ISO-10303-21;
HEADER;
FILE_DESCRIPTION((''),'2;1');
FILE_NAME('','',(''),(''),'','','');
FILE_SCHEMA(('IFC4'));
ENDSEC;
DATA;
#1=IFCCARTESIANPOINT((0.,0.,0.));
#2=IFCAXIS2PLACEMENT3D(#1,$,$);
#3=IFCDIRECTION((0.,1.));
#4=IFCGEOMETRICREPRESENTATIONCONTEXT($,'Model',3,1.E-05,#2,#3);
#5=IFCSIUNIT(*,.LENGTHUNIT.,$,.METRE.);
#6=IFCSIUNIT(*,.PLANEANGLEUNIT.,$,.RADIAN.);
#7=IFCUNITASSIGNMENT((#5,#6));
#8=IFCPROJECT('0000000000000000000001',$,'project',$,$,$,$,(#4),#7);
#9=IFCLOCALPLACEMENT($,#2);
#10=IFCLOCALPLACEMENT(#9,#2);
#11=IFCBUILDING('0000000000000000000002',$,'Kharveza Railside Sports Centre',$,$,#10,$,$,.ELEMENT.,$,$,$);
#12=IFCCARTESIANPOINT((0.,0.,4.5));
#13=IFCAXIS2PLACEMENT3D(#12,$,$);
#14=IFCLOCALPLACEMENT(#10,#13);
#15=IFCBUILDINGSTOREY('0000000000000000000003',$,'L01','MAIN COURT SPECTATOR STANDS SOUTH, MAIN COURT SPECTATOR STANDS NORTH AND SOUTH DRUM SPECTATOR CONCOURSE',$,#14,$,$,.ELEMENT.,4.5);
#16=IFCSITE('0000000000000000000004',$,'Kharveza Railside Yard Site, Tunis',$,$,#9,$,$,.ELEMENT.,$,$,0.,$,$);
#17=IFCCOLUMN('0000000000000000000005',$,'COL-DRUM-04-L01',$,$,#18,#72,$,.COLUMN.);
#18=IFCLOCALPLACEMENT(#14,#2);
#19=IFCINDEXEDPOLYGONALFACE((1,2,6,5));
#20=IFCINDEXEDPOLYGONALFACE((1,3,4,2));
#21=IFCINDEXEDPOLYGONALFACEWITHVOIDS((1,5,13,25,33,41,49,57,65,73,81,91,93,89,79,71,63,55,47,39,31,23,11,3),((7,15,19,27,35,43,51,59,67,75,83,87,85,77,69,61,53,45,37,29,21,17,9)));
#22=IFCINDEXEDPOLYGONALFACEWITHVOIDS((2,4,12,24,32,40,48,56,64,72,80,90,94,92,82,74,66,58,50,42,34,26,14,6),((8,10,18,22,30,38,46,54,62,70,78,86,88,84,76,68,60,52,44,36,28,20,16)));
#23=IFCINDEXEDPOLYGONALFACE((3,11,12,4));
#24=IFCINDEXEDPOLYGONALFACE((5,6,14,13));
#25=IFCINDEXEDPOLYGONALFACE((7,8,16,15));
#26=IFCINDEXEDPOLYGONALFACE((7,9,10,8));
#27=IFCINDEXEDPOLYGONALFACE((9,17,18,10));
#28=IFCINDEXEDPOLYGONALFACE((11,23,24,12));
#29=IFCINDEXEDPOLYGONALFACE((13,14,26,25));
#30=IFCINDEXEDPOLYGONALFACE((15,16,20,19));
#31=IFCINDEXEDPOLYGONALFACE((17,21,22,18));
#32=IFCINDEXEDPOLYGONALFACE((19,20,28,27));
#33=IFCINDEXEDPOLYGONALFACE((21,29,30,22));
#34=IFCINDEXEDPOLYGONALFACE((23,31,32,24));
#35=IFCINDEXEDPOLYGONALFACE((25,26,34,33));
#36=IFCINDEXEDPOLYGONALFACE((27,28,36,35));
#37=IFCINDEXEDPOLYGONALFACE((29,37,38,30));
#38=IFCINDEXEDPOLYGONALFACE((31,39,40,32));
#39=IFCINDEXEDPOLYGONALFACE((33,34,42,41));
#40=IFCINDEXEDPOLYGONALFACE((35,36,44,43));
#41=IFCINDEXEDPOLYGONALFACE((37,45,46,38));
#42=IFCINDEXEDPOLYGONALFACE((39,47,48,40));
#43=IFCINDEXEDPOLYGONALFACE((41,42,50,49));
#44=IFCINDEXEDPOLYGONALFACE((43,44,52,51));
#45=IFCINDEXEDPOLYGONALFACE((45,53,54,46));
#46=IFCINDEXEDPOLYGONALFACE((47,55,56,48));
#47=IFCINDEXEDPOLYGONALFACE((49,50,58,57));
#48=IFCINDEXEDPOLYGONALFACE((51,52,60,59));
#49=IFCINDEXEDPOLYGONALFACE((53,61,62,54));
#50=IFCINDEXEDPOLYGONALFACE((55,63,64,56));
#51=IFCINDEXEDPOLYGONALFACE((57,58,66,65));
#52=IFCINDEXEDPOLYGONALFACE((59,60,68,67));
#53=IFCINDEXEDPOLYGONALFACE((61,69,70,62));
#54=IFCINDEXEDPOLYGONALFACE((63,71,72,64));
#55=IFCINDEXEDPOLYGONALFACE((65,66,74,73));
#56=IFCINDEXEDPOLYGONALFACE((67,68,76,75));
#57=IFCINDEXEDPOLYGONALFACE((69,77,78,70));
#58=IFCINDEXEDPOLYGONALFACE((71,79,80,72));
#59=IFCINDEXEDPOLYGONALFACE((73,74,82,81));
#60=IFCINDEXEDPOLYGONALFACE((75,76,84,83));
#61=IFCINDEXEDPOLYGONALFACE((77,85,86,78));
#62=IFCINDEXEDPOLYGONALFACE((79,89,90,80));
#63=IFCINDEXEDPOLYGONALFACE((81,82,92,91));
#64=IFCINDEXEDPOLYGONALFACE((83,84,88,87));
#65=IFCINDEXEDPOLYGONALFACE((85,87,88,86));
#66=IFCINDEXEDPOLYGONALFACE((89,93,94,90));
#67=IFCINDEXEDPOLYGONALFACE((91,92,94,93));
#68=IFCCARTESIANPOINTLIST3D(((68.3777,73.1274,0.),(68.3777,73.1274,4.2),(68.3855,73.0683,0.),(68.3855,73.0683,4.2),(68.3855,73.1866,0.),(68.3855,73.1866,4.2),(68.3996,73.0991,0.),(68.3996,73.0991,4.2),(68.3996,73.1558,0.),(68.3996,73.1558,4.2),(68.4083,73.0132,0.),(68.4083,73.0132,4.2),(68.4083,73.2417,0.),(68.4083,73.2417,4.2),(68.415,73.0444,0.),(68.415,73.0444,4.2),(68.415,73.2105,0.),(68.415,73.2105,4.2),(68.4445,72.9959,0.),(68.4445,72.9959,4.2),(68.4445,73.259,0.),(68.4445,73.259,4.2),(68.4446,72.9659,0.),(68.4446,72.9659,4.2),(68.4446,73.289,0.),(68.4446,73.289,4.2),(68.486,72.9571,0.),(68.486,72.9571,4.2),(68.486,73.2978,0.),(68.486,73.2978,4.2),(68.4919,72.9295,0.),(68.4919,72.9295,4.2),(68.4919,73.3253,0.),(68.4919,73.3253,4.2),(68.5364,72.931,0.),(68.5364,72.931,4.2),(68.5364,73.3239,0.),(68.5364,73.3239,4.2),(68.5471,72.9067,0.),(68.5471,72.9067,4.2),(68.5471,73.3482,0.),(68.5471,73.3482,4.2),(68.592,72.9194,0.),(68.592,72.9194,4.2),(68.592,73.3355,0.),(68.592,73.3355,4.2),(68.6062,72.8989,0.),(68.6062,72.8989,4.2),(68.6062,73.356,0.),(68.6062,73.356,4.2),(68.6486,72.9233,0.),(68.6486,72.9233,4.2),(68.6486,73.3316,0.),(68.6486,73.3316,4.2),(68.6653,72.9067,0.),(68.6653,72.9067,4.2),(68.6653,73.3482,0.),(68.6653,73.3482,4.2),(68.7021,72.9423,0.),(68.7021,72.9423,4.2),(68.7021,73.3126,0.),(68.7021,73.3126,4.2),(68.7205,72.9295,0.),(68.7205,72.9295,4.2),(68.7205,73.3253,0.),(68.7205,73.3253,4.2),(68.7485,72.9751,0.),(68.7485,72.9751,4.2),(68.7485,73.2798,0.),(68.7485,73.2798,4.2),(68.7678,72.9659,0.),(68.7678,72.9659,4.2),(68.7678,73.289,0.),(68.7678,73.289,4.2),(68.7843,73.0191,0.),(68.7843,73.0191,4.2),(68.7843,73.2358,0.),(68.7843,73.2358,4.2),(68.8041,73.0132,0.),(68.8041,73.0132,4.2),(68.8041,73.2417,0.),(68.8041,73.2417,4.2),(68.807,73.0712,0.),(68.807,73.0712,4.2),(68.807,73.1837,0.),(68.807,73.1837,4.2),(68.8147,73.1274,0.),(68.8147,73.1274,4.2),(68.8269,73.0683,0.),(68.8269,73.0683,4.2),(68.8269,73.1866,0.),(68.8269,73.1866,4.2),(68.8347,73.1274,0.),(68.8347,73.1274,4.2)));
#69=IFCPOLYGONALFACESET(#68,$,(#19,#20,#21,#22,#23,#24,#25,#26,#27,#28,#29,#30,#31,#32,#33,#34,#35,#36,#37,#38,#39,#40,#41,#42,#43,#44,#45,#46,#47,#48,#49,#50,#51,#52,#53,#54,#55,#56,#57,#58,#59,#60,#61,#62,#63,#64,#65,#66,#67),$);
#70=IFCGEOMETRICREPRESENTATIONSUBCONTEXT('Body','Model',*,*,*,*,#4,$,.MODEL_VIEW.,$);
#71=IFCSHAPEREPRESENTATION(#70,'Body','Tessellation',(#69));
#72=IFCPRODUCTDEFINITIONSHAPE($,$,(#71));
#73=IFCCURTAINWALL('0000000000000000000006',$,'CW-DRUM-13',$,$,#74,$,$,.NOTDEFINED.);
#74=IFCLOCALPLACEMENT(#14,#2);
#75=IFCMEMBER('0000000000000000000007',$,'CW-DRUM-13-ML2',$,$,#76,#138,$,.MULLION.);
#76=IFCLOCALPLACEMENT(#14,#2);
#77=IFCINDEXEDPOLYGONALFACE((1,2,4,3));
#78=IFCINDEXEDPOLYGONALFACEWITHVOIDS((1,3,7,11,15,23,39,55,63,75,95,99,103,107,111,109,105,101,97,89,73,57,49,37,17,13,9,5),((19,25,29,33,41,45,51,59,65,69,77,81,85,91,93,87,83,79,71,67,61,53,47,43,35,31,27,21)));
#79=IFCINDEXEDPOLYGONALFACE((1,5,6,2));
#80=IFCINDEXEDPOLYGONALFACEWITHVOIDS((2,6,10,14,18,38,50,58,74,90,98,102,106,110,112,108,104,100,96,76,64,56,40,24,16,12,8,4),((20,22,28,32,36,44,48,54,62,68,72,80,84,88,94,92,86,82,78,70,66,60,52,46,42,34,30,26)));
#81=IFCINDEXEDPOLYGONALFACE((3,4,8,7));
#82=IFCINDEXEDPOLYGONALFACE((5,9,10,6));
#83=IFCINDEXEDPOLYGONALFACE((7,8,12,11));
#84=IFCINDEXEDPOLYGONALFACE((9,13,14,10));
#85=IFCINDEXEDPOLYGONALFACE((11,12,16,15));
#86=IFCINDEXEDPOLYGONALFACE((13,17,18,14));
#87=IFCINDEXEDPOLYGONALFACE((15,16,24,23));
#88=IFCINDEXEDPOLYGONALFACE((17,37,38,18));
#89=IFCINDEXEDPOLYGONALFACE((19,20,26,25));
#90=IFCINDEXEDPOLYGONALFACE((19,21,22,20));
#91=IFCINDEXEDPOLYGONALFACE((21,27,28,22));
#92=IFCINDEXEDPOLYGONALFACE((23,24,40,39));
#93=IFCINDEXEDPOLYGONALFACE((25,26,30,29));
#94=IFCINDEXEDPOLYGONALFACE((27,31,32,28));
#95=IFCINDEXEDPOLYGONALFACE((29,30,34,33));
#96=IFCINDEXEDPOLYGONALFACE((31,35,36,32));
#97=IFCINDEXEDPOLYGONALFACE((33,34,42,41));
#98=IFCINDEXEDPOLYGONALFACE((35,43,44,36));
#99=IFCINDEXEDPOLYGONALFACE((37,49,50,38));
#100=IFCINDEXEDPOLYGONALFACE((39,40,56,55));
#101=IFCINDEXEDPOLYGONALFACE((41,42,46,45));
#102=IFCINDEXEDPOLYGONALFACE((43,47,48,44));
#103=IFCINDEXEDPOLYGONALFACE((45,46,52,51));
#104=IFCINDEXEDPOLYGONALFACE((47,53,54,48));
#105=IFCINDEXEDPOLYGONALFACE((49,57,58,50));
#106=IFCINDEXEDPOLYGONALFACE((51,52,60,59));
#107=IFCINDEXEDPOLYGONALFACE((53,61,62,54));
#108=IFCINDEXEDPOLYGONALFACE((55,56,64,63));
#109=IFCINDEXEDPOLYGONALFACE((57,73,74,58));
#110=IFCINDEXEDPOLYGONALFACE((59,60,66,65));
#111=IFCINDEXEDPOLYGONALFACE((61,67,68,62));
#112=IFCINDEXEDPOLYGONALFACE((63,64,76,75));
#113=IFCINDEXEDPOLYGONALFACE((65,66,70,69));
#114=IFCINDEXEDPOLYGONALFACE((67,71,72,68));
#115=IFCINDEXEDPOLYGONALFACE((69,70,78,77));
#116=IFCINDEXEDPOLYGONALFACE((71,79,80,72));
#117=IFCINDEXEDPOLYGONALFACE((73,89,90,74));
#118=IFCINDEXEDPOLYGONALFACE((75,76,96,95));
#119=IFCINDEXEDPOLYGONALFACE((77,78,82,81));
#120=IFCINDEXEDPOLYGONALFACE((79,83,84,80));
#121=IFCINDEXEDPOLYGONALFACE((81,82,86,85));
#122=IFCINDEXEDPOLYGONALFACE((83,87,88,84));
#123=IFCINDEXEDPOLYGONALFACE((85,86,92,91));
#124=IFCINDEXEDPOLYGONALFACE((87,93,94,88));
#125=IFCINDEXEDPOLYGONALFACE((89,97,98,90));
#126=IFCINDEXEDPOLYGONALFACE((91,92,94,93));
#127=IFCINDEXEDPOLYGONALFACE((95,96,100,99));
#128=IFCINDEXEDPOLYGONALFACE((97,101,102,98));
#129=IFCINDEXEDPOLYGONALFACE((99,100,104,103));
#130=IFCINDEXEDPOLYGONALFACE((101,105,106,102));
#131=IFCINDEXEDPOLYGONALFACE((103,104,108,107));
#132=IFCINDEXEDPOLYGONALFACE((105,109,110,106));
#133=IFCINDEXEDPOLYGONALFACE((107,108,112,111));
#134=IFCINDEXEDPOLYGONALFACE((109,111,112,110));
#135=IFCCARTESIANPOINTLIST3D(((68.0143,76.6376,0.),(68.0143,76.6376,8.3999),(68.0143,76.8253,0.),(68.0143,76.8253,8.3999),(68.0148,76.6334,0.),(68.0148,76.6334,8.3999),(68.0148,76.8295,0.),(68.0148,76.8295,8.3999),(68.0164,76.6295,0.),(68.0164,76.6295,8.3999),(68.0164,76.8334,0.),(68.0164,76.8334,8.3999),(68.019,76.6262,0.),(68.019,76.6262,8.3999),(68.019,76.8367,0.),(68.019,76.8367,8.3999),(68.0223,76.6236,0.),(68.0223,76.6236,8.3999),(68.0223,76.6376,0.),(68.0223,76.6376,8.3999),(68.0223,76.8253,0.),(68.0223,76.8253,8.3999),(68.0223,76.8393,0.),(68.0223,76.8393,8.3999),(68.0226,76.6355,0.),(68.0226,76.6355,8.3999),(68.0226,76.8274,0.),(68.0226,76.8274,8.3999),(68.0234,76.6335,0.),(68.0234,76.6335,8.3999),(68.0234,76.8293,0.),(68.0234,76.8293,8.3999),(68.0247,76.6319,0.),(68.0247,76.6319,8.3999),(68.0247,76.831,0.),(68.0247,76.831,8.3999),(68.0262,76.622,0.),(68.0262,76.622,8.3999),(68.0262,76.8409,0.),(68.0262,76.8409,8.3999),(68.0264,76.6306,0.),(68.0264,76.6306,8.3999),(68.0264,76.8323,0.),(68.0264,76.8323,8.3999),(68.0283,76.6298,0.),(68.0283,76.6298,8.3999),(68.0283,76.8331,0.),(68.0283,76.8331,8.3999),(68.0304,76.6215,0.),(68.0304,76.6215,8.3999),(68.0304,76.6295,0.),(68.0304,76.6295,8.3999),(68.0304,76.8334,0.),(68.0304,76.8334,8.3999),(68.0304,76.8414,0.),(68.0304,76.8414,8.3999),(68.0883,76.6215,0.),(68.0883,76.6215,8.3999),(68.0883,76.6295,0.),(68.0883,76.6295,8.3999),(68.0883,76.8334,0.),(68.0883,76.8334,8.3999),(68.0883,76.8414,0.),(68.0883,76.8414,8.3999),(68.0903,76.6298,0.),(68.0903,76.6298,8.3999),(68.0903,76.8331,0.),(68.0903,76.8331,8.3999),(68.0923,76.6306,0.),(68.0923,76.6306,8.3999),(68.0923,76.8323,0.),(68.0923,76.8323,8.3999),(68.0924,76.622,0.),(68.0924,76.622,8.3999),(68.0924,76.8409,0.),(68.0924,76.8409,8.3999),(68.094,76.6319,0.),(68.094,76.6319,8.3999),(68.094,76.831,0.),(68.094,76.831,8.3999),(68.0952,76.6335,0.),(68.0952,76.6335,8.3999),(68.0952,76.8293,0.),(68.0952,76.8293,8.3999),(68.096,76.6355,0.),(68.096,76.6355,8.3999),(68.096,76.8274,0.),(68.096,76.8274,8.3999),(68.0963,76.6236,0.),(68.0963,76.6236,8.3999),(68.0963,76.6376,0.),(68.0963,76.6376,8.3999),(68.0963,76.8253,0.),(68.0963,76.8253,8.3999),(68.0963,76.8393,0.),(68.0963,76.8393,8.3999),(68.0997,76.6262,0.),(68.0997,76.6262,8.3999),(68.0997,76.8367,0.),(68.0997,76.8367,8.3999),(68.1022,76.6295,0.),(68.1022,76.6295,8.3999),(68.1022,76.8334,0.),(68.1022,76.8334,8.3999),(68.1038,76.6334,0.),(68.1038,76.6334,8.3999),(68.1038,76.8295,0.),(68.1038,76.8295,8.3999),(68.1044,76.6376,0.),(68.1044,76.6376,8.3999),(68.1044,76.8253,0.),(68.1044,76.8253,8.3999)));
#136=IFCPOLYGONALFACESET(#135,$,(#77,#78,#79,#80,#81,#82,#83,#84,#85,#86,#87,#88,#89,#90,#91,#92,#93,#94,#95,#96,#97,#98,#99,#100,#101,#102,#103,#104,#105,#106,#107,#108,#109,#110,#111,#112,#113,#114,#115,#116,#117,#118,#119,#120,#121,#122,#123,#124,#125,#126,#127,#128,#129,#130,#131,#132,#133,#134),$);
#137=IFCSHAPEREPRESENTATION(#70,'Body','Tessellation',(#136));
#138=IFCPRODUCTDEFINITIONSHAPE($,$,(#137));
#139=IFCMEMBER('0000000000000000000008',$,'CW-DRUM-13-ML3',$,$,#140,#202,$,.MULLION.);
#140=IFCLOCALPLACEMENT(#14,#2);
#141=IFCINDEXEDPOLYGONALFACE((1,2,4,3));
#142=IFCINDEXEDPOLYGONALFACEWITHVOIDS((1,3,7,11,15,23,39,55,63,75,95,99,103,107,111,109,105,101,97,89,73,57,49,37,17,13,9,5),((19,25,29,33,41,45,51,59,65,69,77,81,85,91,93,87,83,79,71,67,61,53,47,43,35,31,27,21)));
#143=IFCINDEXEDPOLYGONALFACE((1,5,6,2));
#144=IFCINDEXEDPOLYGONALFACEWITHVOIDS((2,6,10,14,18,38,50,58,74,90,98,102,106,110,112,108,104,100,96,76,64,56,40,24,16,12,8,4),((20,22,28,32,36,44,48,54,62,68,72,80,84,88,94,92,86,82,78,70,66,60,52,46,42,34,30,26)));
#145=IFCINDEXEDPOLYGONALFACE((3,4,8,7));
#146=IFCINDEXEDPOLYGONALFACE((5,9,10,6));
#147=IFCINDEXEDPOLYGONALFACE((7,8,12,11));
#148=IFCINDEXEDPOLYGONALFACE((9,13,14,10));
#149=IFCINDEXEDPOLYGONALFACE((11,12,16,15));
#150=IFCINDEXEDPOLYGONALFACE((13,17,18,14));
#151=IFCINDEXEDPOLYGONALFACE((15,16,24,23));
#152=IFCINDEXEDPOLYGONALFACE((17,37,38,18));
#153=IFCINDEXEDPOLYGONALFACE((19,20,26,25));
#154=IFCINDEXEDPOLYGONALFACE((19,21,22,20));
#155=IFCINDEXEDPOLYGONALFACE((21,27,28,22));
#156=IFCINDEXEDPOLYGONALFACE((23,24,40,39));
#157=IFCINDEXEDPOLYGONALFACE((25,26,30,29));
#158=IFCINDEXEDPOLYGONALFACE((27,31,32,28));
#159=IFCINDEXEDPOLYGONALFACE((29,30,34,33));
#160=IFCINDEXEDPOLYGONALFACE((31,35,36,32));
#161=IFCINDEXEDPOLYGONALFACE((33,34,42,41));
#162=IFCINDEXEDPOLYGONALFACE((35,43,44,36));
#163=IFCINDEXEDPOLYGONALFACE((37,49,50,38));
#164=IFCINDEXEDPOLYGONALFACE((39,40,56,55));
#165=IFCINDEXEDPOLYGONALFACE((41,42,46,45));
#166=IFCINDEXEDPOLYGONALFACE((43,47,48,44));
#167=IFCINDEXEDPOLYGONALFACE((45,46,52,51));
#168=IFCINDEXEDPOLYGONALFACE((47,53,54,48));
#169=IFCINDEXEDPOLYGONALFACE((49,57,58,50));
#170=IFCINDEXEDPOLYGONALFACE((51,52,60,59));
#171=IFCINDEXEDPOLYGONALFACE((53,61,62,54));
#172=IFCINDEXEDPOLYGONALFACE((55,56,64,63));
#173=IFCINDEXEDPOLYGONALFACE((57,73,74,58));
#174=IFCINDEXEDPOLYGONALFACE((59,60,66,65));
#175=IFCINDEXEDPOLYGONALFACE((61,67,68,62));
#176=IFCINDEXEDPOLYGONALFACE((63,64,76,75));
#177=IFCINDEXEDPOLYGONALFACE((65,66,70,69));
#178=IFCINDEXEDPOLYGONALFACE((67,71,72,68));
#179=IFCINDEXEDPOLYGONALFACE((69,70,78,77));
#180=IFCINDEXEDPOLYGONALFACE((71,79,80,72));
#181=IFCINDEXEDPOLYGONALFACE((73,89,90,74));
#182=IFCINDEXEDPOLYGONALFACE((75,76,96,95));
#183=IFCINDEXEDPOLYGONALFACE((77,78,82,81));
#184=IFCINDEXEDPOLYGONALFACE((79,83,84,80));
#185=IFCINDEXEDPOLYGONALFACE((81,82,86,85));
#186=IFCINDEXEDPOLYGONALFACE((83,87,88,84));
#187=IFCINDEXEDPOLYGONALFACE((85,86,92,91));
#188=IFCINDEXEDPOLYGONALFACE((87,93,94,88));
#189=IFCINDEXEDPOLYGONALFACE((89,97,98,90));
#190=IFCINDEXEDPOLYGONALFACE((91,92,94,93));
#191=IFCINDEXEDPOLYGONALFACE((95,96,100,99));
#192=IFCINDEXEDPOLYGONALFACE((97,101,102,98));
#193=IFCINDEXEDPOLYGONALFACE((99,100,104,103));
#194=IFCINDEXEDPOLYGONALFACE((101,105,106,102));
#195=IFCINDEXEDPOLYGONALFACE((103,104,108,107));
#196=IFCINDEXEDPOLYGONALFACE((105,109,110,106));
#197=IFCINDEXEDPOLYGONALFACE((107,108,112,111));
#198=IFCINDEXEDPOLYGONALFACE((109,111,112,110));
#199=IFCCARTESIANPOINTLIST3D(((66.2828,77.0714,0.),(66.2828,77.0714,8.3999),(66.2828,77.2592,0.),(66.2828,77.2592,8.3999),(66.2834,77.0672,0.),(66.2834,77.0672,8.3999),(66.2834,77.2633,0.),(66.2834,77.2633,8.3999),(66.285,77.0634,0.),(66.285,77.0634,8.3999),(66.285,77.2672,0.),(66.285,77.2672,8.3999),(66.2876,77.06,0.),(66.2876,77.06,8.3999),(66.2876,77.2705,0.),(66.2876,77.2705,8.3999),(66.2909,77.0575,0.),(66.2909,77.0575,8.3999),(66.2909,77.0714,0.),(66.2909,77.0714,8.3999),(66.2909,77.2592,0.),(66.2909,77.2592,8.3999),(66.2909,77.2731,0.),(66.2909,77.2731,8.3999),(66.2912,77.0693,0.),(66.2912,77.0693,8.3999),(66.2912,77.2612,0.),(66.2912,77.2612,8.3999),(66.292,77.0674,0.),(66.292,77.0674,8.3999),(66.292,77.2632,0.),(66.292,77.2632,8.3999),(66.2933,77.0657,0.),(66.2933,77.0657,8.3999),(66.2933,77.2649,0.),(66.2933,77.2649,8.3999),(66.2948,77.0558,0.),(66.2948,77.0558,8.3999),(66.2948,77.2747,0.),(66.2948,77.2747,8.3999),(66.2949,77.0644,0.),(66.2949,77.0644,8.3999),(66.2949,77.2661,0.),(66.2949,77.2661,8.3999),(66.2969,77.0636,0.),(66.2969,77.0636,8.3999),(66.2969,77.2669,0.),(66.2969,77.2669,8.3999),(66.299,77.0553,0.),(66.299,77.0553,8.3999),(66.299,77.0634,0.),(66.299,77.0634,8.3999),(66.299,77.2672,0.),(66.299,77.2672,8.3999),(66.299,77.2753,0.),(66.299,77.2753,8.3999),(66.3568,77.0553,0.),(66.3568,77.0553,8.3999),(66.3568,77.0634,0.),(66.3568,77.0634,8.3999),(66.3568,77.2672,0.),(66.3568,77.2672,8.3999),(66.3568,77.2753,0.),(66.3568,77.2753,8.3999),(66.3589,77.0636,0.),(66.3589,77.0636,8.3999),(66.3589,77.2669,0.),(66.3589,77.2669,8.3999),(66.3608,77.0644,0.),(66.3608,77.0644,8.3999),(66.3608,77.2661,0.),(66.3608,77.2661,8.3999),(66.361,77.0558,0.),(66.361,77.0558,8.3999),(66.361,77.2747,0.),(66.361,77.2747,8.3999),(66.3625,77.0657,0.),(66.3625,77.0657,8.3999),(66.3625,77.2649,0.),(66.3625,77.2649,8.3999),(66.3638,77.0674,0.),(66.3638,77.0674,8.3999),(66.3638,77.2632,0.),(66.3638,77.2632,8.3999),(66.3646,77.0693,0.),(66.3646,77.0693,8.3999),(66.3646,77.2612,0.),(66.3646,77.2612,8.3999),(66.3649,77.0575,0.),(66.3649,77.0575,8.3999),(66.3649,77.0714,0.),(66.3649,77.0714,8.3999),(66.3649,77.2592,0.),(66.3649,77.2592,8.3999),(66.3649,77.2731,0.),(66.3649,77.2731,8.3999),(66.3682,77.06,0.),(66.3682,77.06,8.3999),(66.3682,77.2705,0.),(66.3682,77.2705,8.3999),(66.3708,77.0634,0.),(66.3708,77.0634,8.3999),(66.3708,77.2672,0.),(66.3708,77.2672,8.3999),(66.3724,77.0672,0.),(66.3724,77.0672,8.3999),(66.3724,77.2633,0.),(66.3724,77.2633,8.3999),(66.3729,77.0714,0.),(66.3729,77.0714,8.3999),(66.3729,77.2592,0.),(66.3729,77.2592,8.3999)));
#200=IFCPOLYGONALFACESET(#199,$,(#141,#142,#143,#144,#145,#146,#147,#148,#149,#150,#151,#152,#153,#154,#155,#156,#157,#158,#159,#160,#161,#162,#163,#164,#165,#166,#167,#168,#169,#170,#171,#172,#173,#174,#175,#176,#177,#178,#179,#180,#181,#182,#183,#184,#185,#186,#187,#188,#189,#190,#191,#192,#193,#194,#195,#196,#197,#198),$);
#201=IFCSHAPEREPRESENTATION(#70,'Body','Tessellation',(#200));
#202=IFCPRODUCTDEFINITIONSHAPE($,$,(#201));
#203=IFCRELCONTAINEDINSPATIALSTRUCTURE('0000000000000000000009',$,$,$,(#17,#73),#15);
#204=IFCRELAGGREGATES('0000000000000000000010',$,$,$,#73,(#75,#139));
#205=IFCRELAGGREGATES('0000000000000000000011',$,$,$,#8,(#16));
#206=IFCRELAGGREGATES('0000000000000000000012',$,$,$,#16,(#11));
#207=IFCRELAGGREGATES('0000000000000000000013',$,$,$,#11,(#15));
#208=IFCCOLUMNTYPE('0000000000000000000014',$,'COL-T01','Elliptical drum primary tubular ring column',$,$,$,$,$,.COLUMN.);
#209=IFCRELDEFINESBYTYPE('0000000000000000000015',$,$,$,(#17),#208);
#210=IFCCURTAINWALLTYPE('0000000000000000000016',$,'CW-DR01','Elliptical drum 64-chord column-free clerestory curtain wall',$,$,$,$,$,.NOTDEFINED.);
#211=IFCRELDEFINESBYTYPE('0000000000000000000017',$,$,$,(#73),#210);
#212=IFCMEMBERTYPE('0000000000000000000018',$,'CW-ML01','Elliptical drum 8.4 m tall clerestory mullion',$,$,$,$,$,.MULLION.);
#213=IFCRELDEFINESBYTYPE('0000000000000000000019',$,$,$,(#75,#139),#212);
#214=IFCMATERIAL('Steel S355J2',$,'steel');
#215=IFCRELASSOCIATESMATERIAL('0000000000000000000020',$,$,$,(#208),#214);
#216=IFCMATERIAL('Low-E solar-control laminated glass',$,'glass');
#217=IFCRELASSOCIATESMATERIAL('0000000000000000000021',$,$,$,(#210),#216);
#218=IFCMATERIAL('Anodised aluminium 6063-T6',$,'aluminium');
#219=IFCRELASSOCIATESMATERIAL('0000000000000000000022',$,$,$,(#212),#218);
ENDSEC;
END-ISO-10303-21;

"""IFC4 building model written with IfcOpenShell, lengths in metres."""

from ifc_helpers import new_model, si_unit, direction, frame, origin, origin_2d, place, context, subcontext, project, spatial, hollow_rectangle, hollow_circle, extrude, material, material_profile, profile_set, type_object, element, aggregate, save


model = new_model("IFC4")

# Units and contexts
model_context = context("Model", 3, precision=1e-05, world=origin(), true_north=direction((0.0, 1.0)))
body_context = subcontext(model_context, "Body", "Model", "MODEL_VIEW")
ifc_project = project(units=[si_unit("LENGTHUNIT", "METRE"), si_unit("PLANEANGLEUNIT", "RADIAN")], contexts=[model_context])

# Site, building, storey
site_placement = place(None, origin())
site = spatial("IfcSite", under=ifc_project, at=site_placement, Name="Kharveza Railside Yard Site, Tunis", CompositionType="ELEMENT", RefElevation=0.0)
building_placement = place(site_placement, origin())
building = spatial("IfcBuilding", under=site, at=building_placement, Name="Kharveza Railside Sports Centre", CompositionType="ELEMENT")
storey_placement = place(building_placement, frame((0.0, 0.0, 4.5)))
storey = spatial("IfcBuildingStorey", under=building, at=storey_placement, Name="L01", Description="MAIN COURT SPECTATOR STANDS SOUTH, MAIN COURT SPECTATOR STANDS NORTH AND SOUTH DRUM SPECTATOR CONCOURSE", CompositionType="ELEMENT", Elevation=4.5)

# Column
ifc_material_1 = material(Name="Steel S355J2", Category="steel")
ifc_material_profile_1 = material_profile(ifc_material_1, hollow_circle(Radius=0.2285, WallThickness=0.02, at=origin_2d()), Name="CHS 457.0x20.0")
ifc_profile_set_1 = profile_set([ifc_material_profile_1], Name="Steel S355J2")
column_type = type_object("IfcColumnType", Name="COL-T01", Description="Elliptical drum primary tubular ring column", PredefinedType="COLUMN", material=ifc_profile_set_1)
column_placement = place(storey_placement, frame((68.6062, 73.1274, 0.0), z_axis=(0.0, 0.0, 1.0), x_axis=(1.0, 0.0, 0.0)))
element("IfcColumn", 1, at=column_placement, inside=storey, type_object=column_type, Name="COL-DRUM-04-L01", PredefinedType="COLUMN", context=body_context, shape_type="SweptSolid", body=[
    extrude(hollow_circle(Radius=0.2285, WallThickness=0.02, at=origin_2d()), origin(), (0.0, 0.0, 1.0), 4.2),
])

# Curtain wall, members
ifc_material_2 = material(Name="Low-E solar-control laminated glass", Category="glass")
curtain_wall_type = type_object("IfcCurtainWallType", Name="CW-DR01", Description="Elliptical drum 64-chord column-free clerestory curtain wall", PredefinedType="NOTDEFINED", material=ifc_material_2)
curtain_wall_1_placement = place(storey_placement, origin())
curtain_wall_1 = element("IfcCurtainWall", 2, at=curtain_wall_1_placement, inside=storey, type_object=curtain_wall_type, Name="CW-DRUM-13", PredefinedType="NOTDEFINED")
ifc_material_3 = material(Name="Anodised aluminium 6063-T6", Category="aluminium")
ifc_material_profile_2 = material_profile(ifc_material_3, hollow_rectangle(XDim=0.0901, YDim=0.22, WallThickness=0.0081, InnerFilletRadius=0.0081, OuterFilletRadius=0.0161, at=origin_2d()), Name="RHS 90x220x8.0")
ifc_profile_set_2 = profile_set([ifc_material_profile_2], Name="Anodised aluminium 6063-T6")
member_type_1 = type_object("IfcMemberType", Name="CW-ML01", Description="Elliptical drum 8.4 m tall clerestory mullion", PredefinedType="MULLION", material=ifc_profile_set_2)
member_1_placement = place(storey_placement, frame((68.0593, 76.7314, 0.0), z_axis=(0.0, 0.0, 1.0), x_axis=(1.0, 0.0, 0.0)))
member_1 = element("IfcMember", 3, at=member_1_placement, type_object=member_type_1, Name="CW-DRUM-13-ML2", PredefinedType="MULLION", context=body_context, shape_type="SweptSolid", body=[
    extrude(hollow_rectangle(XDim=0.0901, YDim=0.22, WallThickness=0.0081, InnerFilletRadius=0.0081, OuterFilletRadius=0.0161, at=origin_2d()), origin(), (0.0, 0.0, 1.0), 8.3999),
])
member_2_placement = place(storey_placement, frame((66.3279, 77.1653, 0.0), z_axis=(0.0, 0.0, 1.0), x_axis=(1.0, 0.0, 0.0)))
member_2 = element("IfcMember", 4, at=member_2_placement, type_object=member_type_1, Name="CW-DRUM-13-ML3", PredefinedType="MULLION", context=body_context, shape_type="SweptSolid", body=[
    extrude(hollow_rectangle(XDim=0.0901, YDim=0.22, WallThickness=0.0081, InnerFilletRadius=0.0081, OuterFilletRadius=0.0161, at=origin_2d()), origin(), (0.0, 0.0, 1.0), 8.3999),
])

aggregate(curtain_wall_1, [member_1, member_2])

save(model, "model.ifc")
